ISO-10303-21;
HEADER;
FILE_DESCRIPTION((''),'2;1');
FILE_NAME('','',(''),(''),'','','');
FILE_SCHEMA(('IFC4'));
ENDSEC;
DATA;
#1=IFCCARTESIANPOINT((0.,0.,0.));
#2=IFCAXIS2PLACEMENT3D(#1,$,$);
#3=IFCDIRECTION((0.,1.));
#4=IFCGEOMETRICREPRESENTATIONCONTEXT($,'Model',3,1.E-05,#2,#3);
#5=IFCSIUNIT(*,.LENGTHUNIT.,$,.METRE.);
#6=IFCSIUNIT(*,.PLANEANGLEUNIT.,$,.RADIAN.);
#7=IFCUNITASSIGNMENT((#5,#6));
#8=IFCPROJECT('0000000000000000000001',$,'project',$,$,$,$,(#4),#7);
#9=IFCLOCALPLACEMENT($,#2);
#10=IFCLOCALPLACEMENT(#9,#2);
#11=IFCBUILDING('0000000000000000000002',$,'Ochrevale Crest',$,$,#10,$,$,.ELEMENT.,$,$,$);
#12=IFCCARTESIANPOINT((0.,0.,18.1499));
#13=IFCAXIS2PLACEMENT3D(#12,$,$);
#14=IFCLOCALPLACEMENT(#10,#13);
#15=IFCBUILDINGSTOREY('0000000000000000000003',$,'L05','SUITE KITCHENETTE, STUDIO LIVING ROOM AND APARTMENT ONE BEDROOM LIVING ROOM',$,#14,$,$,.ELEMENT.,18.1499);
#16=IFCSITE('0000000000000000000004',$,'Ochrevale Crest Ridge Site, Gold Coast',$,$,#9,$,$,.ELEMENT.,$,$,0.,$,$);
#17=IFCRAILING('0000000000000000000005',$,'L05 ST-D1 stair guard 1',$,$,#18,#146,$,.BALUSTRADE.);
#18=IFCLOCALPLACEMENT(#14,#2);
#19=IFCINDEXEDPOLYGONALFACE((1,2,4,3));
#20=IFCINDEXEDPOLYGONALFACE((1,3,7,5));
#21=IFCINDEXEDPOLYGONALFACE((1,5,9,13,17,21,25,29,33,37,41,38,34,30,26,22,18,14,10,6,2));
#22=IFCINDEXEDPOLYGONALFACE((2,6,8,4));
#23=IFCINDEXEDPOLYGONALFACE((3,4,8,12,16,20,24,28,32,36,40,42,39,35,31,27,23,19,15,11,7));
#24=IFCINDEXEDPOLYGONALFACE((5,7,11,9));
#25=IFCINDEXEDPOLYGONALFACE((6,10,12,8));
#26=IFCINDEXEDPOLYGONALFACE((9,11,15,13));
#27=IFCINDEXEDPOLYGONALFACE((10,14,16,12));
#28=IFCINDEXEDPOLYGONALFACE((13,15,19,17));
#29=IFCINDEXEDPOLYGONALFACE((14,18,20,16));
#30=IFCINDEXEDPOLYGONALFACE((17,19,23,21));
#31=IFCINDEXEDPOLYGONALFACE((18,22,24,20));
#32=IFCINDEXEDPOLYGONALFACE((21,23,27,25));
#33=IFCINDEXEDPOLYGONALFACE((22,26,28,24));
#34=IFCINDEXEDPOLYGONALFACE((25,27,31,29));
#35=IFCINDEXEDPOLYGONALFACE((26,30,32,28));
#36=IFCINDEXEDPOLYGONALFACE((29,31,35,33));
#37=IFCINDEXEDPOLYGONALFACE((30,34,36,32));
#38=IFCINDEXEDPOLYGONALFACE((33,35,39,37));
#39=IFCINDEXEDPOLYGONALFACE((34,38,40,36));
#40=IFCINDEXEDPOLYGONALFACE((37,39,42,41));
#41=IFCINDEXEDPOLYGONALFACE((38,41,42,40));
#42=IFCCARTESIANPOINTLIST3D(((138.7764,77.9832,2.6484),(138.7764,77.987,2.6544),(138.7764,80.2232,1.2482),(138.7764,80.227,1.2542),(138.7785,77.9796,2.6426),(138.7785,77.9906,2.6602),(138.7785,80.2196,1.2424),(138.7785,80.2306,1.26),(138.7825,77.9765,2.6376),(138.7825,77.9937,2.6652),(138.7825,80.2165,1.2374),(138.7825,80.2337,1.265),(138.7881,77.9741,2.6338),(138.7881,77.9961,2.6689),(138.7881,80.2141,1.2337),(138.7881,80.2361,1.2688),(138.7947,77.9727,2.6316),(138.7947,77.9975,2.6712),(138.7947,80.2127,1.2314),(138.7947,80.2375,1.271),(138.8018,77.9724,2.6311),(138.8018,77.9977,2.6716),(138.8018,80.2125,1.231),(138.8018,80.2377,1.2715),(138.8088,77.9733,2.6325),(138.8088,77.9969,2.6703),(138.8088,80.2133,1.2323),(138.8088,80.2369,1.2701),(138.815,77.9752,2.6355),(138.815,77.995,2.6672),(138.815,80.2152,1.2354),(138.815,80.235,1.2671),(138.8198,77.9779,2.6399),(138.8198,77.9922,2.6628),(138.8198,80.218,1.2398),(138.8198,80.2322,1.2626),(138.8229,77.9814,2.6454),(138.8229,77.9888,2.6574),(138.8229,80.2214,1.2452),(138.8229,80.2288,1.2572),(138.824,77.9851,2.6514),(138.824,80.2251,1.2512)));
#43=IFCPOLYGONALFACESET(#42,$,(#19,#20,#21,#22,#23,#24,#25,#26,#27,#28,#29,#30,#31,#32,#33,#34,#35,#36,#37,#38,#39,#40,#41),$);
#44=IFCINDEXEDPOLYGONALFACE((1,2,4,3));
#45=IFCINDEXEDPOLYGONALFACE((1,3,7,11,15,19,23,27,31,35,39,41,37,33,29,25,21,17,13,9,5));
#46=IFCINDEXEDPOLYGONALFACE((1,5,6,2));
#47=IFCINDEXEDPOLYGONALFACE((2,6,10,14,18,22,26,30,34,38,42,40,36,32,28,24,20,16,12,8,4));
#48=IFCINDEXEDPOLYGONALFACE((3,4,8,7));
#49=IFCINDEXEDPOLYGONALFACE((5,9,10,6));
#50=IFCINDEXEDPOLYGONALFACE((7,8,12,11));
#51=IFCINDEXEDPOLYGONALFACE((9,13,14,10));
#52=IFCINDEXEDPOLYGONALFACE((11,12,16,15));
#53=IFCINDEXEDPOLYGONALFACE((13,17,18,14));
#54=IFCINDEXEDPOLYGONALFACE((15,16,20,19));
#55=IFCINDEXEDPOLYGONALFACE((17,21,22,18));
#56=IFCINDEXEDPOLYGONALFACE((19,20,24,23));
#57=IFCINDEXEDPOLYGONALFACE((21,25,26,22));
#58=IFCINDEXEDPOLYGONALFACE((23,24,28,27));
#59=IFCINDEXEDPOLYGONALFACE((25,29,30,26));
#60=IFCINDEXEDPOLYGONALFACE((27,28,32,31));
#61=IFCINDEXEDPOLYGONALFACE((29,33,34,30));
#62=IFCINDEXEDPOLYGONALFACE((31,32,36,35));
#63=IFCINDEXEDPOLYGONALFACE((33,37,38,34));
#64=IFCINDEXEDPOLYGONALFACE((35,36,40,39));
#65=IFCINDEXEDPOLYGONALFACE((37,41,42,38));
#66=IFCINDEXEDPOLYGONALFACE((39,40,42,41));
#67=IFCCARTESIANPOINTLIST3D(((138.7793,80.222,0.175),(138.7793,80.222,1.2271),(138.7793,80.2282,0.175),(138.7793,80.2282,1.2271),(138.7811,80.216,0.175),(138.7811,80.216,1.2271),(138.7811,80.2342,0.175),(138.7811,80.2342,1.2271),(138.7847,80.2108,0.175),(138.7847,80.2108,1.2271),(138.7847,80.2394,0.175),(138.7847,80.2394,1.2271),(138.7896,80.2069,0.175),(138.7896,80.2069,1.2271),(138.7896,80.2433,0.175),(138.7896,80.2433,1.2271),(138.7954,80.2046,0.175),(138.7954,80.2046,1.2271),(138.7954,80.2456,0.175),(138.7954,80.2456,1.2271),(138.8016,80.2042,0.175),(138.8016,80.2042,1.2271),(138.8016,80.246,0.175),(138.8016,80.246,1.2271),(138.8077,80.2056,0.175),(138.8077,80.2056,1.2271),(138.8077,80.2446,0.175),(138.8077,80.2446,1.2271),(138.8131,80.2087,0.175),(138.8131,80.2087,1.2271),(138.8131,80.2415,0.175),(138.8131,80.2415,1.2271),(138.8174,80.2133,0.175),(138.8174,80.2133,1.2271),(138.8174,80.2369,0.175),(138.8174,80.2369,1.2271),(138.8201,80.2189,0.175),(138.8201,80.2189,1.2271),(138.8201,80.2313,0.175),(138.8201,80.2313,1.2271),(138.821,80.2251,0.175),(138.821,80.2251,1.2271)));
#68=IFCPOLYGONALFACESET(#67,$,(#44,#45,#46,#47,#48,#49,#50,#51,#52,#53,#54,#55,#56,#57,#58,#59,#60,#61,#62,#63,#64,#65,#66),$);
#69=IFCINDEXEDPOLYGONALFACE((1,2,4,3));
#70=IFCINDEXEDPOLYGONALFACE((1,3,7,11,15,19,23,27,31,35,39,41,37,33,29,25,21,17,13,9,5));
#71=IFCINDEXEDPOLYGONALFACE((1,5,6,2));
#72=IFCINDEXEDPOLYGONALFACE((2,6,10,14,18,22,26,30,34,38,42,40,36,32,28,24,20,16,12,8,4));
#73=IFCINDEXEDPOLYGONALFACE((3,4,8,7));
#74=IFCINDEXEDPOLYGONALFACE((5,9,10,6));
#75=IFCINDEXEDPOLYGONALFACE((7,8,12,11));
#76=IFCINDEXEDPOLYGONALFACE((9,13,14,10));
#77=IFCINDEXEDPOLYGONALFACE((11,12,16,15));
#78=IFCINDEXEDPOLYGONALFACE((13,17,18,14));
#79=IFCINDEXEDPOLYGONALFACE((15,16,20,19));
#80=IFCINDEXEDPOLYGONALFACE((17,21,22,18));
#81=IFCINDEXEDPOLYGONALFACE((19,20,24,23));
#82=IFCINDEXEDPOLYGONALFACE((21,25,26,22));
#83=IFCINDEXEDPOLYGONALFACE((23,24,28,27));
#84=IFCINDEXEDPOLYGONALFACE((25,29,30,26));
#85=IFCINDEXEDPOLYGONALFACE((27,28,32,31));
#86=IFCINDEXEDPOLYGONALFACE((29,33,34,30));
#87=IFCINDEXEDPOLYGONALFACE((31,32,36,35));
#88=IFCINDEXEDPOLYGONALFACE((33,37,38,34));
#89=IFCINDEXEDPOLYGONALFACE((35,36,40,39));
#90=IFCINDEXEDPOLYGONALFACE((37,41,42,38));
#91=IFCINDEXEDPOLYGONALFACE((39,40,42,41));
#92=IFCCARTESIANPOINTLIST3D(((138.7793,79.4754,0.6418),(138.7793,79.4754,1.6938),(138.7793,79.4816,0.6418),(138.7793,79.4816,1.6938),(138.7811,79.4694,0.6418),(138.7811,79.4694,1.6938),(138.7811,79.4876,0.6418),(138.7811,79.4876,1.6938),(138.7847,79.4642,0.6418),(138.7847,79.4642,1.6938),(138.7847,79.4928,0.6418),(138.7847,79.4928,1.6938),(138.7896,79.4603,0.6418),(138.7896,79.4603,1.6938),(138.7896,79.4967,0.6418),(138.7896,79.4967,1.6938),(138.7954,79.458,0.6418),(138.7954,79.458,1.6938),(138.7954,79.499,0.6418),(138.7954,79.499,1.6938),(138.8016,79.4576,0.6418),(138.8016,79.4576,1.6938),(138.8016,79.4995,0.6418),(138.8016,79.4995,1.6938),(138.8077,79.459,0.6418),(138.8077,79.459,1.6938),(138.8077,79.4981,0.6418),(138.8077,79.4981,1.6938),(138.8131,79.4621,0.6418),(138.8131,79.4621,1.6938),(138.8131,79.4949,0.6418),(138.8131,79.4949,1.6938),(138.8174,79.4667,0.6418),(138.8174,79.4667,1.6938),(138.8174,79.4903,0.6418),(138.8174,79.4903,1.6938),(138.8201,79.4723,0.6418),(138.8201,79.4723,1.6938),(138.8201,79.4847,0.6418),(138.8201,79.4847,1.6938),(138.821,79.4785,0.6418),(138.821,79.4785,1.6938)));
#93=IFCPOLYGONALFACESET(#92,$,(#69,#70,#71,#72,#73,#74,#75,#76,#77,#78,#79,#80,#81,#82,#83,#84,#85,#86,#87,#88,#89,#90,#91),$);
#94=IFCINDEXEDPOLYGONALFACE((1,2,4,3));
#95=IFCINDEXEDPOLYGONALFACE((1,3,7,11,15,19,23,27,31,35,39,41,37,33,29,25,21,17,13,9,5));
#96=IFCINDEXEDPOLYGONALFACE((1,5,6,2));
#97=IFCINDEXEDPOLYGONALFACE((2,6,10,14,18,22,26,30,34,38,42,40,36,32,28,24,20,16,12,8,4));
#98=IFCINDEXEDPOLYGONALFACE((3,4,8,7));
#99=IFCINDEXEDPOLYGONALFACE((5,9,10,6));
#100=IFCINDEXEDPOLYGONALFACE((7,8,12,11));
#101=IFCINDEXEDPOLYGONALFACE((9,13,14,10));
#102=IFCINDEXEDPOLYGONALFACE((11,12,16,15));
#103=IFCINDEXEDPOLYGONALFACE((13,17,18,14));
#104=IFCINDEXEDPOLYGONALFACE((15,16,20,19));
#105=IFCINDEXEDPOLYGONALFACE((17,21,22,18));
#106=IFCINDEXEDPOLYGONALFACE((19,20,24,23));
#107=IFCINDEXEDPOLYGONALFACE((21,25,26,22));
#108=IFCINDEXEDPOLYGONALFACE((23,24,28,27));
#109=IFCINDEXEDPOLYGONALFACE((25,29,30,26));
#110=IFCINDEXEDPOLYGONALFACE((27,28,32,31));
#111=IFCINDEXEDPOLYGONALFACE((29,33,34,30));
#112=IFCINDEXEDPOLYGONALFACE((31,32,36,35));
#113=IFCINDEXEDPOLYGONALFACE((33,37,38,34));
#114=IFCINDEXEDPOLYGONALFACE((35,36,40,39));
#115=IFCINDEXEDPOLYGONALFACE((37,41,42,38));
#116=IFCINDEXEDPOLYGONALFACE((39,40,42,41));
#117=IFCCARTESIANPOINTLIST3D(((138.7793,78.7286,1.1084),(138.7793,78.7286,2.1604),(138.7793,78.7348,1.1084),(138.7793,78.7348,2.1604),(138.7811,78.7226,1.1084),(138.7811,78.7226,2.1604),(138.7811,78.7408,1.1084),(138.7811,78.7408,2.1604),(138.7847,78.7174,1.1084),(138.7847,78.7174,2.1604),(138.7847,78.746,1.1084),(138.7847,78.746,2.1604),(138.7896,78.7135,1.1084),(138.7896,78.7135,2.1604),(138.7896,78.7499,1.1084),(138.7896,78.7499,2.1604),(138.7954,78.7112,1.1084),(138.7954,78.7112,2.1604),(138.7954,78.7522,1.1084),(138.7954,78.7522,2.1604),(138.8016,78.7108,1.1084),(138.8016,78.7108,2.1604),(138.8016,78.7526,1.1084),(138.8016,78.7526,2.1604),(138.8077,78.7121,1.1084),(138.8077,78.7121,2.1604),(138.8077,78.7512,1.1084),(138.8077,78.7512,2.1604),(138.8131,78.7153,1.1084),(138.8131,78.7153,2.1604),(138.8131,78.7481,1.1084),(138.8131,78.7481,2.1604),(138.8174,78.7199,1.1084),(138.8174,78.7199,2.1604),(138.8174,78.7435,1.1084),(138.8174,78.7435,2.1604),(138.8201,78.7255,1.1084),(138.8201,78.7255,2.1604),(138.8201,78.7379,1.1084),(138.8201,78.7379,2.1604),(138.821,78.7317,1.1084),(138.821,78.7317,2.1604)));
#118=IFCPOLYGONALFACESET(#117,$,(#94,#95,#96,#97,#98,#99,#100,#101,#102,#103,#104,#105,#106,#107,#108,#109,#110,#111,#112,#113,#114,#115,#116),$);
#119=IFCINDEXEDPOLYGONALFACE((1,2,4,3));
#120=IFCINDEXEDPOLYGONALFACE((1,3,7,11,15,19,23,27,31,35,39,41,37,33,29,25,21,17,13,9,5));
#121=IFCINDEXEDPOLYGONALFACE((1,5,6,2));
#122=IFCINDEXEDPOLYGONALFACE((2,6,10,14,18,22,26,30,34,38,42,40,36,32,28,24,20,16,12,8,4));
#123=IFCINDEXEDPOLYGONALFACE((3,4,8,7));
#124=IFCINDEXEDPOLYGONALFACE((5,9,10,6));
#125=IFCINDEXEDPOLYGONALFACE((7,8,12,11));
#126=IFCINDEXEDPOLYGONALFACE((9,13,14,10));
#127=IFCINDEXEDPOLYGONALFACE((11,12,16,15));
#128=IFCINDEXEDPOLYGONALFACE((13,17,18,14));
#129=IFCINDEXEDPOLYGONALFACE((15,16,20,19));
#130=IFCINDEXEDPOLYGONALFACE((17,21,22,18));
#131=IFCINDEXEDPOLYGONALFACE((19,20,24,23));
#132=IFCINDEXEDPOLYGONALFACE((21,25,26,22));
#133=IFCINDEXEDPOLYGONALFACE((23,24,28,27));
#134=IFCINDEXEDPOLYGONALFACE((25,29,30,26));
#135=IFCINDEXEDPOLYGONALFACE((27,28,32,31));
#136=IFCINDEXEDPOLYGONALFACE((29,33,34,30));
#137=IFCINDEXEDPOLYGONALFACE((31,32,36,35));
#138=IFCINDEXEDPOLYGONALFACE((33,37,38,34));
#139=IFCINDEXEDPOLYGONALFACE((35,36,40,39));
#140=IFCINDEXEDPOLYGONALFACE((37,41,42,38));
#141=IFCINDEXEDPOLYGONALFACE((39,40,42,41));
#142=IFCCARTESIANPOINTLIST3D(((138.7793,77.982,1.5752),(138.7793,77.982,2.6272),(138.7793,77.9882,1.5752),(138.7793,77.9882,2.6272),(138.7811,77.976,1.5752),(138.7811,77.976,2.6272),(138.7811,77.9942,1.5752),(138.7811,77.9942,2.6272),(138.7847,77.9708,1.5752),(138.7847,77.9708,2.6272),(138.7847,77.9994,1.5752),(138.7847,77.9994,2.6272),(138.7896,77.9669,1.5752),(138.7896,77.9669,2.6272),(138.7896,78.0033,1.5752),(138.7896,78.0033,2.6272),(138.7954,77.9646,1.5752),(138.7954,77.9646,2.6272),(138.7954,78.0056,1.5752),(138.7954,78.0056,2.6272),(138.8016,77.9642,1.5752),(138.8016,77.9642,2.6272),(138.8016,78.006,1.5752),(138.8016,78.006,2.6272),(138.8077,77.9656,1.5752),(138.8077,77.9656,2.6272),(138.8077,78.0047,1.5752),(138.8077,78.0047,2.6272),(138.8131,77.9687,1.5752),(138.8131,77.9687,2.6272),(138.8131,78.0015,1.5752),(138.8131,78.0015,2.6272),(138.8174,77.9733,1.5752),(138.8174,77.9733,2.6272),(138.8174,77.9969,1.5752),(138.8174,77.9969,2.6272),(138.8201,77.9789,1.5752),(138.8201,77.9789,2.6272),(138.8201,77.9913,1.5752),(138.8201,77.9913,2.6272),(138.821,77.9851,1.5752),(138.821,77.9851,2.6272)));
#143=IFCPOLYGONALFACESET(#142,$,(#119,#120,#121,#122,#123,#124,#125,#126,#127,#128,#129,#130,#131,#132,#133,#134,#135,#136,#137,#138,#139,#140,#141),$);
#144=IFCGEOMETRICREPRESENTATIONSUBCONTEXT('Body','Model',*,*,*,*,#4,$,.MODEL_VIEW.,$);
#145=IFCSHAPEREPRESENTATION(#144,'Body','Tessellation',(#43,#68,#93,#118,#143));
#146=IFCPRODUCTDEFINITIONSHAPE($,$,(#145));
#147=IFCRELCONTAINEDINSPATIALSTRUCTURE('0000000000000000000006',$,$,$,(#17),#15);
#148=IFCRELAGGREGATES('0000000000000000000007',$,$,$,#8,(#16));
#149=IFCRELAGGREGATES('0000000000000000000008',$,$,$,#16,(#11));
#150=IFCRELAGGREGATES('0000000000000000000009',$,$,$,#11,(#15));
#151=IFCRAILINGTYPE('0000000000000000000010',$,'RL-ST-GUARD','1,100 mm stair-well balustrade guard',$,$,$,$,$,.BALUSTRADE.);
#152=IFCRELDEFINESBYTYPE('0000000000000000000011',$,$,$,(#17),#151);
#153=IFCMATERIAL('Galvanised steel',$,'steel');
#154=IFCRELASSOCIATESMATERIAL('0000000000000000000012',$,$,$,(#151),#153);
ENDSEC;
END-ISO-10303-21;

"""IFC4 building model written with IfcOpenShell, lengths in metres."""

from ifc_helpers import new_model, si_unit, direction, frame, origin, origin_2d, place, context, subcontext, project, spatial, circle, extrude, material, type_object, element, save


model = new_model("IFC4")

# Units and contexts
model_context = context("Model", 3, precision=1e-05, world=origin(), true_north=direction((0.0, 1.0)))
body_context = subcontext(model_context, "Body", "Model", "MODEL_VIEW")
ifc_project = project(units=[si_unit("LENGTHUNIT", "METRE"), si_unit("PLANEANGLEUNIT", "RADIAN")], contexts=[model_context])

# Site, building, storey
site_placement = place(None, origin())
site = spatial("IfcSite", under=ifc_project, at=site_placement, Name="Ochrevale Crest Ridge Site, Gold Coast", CompositionType="ELEMENT", RefElevation=0.0)
building_placement = place(site_placement, origin())
building = spatial("IfcBuilding", under=site, at=building_placement, Name="Ochrevale Crest", CompositionType="ELEMENT")
storey_placement = place(building_placement, frame((0.0, 0.0, 18.1499)))
storey = spatial("IfcBuildingStorey", under=building, at=storey_placement, Name="L05", Description="SUITE KITCHENETTE, STUDIO LIVING ROOM AND APARTMENT ONE BEDROOM LIVING ROOM", CompositionType="ELEMENT", Elevation=18.1499)

# Railing
ifc_material_1 = material(Name="Galvanised steel", Category="steel")
railing_type = type_object("IfcRailingType", Name="RL-ST-GUARD", Description="1,100 mm stair-well balustrade guard", PredefinedType="BALUSTRADE", material=ifc_material_1)
railing_1_placement = place(storey_placement, frame((138.8, 80.2251, 0.175)))
element("IfcRailing", 1, at=railing_1_placement, inside=storey, type_object=railing_type, Name="L05 ST-D1 stair guard 1", PredefinedType="BALUSTRADE", context=body_context, shape_type="SweptSolid", body=[
    extrude(circle(Radius=0.0239, at=origin_2d()), frame((0.0, 0.0, 1.0762), z_axis=(0.0, -0.847972, 0.53004), x_axis=(1.0, 0.0, 0.0)), (0.0, 0.0, 1.0), 2.6416),
    extrude(circle(Radius=0.021, at=origin_2d()), origin(), (0.0, 0.0, 1.0), 1.052),
    extrude(circle(Radius=0.021, at=origin_2d()), frame((0.0, -0.7466, 0.4668)), (0.0, 0.0, 1.0), 1.052),
    extrude(circle(Radius=0.021, at=origin_2d()), frame((0.0, -1.4934, 0.9333)), (0.0, 0.0, 1.0), 1.052),
    extrude(circle(Radius=0.021, at=origin_2d()), frame((0.0, -2.24, 1.4001)), (0.0, 0.0, 1.0), 1.052),
])

save(model, "model.ifc")
